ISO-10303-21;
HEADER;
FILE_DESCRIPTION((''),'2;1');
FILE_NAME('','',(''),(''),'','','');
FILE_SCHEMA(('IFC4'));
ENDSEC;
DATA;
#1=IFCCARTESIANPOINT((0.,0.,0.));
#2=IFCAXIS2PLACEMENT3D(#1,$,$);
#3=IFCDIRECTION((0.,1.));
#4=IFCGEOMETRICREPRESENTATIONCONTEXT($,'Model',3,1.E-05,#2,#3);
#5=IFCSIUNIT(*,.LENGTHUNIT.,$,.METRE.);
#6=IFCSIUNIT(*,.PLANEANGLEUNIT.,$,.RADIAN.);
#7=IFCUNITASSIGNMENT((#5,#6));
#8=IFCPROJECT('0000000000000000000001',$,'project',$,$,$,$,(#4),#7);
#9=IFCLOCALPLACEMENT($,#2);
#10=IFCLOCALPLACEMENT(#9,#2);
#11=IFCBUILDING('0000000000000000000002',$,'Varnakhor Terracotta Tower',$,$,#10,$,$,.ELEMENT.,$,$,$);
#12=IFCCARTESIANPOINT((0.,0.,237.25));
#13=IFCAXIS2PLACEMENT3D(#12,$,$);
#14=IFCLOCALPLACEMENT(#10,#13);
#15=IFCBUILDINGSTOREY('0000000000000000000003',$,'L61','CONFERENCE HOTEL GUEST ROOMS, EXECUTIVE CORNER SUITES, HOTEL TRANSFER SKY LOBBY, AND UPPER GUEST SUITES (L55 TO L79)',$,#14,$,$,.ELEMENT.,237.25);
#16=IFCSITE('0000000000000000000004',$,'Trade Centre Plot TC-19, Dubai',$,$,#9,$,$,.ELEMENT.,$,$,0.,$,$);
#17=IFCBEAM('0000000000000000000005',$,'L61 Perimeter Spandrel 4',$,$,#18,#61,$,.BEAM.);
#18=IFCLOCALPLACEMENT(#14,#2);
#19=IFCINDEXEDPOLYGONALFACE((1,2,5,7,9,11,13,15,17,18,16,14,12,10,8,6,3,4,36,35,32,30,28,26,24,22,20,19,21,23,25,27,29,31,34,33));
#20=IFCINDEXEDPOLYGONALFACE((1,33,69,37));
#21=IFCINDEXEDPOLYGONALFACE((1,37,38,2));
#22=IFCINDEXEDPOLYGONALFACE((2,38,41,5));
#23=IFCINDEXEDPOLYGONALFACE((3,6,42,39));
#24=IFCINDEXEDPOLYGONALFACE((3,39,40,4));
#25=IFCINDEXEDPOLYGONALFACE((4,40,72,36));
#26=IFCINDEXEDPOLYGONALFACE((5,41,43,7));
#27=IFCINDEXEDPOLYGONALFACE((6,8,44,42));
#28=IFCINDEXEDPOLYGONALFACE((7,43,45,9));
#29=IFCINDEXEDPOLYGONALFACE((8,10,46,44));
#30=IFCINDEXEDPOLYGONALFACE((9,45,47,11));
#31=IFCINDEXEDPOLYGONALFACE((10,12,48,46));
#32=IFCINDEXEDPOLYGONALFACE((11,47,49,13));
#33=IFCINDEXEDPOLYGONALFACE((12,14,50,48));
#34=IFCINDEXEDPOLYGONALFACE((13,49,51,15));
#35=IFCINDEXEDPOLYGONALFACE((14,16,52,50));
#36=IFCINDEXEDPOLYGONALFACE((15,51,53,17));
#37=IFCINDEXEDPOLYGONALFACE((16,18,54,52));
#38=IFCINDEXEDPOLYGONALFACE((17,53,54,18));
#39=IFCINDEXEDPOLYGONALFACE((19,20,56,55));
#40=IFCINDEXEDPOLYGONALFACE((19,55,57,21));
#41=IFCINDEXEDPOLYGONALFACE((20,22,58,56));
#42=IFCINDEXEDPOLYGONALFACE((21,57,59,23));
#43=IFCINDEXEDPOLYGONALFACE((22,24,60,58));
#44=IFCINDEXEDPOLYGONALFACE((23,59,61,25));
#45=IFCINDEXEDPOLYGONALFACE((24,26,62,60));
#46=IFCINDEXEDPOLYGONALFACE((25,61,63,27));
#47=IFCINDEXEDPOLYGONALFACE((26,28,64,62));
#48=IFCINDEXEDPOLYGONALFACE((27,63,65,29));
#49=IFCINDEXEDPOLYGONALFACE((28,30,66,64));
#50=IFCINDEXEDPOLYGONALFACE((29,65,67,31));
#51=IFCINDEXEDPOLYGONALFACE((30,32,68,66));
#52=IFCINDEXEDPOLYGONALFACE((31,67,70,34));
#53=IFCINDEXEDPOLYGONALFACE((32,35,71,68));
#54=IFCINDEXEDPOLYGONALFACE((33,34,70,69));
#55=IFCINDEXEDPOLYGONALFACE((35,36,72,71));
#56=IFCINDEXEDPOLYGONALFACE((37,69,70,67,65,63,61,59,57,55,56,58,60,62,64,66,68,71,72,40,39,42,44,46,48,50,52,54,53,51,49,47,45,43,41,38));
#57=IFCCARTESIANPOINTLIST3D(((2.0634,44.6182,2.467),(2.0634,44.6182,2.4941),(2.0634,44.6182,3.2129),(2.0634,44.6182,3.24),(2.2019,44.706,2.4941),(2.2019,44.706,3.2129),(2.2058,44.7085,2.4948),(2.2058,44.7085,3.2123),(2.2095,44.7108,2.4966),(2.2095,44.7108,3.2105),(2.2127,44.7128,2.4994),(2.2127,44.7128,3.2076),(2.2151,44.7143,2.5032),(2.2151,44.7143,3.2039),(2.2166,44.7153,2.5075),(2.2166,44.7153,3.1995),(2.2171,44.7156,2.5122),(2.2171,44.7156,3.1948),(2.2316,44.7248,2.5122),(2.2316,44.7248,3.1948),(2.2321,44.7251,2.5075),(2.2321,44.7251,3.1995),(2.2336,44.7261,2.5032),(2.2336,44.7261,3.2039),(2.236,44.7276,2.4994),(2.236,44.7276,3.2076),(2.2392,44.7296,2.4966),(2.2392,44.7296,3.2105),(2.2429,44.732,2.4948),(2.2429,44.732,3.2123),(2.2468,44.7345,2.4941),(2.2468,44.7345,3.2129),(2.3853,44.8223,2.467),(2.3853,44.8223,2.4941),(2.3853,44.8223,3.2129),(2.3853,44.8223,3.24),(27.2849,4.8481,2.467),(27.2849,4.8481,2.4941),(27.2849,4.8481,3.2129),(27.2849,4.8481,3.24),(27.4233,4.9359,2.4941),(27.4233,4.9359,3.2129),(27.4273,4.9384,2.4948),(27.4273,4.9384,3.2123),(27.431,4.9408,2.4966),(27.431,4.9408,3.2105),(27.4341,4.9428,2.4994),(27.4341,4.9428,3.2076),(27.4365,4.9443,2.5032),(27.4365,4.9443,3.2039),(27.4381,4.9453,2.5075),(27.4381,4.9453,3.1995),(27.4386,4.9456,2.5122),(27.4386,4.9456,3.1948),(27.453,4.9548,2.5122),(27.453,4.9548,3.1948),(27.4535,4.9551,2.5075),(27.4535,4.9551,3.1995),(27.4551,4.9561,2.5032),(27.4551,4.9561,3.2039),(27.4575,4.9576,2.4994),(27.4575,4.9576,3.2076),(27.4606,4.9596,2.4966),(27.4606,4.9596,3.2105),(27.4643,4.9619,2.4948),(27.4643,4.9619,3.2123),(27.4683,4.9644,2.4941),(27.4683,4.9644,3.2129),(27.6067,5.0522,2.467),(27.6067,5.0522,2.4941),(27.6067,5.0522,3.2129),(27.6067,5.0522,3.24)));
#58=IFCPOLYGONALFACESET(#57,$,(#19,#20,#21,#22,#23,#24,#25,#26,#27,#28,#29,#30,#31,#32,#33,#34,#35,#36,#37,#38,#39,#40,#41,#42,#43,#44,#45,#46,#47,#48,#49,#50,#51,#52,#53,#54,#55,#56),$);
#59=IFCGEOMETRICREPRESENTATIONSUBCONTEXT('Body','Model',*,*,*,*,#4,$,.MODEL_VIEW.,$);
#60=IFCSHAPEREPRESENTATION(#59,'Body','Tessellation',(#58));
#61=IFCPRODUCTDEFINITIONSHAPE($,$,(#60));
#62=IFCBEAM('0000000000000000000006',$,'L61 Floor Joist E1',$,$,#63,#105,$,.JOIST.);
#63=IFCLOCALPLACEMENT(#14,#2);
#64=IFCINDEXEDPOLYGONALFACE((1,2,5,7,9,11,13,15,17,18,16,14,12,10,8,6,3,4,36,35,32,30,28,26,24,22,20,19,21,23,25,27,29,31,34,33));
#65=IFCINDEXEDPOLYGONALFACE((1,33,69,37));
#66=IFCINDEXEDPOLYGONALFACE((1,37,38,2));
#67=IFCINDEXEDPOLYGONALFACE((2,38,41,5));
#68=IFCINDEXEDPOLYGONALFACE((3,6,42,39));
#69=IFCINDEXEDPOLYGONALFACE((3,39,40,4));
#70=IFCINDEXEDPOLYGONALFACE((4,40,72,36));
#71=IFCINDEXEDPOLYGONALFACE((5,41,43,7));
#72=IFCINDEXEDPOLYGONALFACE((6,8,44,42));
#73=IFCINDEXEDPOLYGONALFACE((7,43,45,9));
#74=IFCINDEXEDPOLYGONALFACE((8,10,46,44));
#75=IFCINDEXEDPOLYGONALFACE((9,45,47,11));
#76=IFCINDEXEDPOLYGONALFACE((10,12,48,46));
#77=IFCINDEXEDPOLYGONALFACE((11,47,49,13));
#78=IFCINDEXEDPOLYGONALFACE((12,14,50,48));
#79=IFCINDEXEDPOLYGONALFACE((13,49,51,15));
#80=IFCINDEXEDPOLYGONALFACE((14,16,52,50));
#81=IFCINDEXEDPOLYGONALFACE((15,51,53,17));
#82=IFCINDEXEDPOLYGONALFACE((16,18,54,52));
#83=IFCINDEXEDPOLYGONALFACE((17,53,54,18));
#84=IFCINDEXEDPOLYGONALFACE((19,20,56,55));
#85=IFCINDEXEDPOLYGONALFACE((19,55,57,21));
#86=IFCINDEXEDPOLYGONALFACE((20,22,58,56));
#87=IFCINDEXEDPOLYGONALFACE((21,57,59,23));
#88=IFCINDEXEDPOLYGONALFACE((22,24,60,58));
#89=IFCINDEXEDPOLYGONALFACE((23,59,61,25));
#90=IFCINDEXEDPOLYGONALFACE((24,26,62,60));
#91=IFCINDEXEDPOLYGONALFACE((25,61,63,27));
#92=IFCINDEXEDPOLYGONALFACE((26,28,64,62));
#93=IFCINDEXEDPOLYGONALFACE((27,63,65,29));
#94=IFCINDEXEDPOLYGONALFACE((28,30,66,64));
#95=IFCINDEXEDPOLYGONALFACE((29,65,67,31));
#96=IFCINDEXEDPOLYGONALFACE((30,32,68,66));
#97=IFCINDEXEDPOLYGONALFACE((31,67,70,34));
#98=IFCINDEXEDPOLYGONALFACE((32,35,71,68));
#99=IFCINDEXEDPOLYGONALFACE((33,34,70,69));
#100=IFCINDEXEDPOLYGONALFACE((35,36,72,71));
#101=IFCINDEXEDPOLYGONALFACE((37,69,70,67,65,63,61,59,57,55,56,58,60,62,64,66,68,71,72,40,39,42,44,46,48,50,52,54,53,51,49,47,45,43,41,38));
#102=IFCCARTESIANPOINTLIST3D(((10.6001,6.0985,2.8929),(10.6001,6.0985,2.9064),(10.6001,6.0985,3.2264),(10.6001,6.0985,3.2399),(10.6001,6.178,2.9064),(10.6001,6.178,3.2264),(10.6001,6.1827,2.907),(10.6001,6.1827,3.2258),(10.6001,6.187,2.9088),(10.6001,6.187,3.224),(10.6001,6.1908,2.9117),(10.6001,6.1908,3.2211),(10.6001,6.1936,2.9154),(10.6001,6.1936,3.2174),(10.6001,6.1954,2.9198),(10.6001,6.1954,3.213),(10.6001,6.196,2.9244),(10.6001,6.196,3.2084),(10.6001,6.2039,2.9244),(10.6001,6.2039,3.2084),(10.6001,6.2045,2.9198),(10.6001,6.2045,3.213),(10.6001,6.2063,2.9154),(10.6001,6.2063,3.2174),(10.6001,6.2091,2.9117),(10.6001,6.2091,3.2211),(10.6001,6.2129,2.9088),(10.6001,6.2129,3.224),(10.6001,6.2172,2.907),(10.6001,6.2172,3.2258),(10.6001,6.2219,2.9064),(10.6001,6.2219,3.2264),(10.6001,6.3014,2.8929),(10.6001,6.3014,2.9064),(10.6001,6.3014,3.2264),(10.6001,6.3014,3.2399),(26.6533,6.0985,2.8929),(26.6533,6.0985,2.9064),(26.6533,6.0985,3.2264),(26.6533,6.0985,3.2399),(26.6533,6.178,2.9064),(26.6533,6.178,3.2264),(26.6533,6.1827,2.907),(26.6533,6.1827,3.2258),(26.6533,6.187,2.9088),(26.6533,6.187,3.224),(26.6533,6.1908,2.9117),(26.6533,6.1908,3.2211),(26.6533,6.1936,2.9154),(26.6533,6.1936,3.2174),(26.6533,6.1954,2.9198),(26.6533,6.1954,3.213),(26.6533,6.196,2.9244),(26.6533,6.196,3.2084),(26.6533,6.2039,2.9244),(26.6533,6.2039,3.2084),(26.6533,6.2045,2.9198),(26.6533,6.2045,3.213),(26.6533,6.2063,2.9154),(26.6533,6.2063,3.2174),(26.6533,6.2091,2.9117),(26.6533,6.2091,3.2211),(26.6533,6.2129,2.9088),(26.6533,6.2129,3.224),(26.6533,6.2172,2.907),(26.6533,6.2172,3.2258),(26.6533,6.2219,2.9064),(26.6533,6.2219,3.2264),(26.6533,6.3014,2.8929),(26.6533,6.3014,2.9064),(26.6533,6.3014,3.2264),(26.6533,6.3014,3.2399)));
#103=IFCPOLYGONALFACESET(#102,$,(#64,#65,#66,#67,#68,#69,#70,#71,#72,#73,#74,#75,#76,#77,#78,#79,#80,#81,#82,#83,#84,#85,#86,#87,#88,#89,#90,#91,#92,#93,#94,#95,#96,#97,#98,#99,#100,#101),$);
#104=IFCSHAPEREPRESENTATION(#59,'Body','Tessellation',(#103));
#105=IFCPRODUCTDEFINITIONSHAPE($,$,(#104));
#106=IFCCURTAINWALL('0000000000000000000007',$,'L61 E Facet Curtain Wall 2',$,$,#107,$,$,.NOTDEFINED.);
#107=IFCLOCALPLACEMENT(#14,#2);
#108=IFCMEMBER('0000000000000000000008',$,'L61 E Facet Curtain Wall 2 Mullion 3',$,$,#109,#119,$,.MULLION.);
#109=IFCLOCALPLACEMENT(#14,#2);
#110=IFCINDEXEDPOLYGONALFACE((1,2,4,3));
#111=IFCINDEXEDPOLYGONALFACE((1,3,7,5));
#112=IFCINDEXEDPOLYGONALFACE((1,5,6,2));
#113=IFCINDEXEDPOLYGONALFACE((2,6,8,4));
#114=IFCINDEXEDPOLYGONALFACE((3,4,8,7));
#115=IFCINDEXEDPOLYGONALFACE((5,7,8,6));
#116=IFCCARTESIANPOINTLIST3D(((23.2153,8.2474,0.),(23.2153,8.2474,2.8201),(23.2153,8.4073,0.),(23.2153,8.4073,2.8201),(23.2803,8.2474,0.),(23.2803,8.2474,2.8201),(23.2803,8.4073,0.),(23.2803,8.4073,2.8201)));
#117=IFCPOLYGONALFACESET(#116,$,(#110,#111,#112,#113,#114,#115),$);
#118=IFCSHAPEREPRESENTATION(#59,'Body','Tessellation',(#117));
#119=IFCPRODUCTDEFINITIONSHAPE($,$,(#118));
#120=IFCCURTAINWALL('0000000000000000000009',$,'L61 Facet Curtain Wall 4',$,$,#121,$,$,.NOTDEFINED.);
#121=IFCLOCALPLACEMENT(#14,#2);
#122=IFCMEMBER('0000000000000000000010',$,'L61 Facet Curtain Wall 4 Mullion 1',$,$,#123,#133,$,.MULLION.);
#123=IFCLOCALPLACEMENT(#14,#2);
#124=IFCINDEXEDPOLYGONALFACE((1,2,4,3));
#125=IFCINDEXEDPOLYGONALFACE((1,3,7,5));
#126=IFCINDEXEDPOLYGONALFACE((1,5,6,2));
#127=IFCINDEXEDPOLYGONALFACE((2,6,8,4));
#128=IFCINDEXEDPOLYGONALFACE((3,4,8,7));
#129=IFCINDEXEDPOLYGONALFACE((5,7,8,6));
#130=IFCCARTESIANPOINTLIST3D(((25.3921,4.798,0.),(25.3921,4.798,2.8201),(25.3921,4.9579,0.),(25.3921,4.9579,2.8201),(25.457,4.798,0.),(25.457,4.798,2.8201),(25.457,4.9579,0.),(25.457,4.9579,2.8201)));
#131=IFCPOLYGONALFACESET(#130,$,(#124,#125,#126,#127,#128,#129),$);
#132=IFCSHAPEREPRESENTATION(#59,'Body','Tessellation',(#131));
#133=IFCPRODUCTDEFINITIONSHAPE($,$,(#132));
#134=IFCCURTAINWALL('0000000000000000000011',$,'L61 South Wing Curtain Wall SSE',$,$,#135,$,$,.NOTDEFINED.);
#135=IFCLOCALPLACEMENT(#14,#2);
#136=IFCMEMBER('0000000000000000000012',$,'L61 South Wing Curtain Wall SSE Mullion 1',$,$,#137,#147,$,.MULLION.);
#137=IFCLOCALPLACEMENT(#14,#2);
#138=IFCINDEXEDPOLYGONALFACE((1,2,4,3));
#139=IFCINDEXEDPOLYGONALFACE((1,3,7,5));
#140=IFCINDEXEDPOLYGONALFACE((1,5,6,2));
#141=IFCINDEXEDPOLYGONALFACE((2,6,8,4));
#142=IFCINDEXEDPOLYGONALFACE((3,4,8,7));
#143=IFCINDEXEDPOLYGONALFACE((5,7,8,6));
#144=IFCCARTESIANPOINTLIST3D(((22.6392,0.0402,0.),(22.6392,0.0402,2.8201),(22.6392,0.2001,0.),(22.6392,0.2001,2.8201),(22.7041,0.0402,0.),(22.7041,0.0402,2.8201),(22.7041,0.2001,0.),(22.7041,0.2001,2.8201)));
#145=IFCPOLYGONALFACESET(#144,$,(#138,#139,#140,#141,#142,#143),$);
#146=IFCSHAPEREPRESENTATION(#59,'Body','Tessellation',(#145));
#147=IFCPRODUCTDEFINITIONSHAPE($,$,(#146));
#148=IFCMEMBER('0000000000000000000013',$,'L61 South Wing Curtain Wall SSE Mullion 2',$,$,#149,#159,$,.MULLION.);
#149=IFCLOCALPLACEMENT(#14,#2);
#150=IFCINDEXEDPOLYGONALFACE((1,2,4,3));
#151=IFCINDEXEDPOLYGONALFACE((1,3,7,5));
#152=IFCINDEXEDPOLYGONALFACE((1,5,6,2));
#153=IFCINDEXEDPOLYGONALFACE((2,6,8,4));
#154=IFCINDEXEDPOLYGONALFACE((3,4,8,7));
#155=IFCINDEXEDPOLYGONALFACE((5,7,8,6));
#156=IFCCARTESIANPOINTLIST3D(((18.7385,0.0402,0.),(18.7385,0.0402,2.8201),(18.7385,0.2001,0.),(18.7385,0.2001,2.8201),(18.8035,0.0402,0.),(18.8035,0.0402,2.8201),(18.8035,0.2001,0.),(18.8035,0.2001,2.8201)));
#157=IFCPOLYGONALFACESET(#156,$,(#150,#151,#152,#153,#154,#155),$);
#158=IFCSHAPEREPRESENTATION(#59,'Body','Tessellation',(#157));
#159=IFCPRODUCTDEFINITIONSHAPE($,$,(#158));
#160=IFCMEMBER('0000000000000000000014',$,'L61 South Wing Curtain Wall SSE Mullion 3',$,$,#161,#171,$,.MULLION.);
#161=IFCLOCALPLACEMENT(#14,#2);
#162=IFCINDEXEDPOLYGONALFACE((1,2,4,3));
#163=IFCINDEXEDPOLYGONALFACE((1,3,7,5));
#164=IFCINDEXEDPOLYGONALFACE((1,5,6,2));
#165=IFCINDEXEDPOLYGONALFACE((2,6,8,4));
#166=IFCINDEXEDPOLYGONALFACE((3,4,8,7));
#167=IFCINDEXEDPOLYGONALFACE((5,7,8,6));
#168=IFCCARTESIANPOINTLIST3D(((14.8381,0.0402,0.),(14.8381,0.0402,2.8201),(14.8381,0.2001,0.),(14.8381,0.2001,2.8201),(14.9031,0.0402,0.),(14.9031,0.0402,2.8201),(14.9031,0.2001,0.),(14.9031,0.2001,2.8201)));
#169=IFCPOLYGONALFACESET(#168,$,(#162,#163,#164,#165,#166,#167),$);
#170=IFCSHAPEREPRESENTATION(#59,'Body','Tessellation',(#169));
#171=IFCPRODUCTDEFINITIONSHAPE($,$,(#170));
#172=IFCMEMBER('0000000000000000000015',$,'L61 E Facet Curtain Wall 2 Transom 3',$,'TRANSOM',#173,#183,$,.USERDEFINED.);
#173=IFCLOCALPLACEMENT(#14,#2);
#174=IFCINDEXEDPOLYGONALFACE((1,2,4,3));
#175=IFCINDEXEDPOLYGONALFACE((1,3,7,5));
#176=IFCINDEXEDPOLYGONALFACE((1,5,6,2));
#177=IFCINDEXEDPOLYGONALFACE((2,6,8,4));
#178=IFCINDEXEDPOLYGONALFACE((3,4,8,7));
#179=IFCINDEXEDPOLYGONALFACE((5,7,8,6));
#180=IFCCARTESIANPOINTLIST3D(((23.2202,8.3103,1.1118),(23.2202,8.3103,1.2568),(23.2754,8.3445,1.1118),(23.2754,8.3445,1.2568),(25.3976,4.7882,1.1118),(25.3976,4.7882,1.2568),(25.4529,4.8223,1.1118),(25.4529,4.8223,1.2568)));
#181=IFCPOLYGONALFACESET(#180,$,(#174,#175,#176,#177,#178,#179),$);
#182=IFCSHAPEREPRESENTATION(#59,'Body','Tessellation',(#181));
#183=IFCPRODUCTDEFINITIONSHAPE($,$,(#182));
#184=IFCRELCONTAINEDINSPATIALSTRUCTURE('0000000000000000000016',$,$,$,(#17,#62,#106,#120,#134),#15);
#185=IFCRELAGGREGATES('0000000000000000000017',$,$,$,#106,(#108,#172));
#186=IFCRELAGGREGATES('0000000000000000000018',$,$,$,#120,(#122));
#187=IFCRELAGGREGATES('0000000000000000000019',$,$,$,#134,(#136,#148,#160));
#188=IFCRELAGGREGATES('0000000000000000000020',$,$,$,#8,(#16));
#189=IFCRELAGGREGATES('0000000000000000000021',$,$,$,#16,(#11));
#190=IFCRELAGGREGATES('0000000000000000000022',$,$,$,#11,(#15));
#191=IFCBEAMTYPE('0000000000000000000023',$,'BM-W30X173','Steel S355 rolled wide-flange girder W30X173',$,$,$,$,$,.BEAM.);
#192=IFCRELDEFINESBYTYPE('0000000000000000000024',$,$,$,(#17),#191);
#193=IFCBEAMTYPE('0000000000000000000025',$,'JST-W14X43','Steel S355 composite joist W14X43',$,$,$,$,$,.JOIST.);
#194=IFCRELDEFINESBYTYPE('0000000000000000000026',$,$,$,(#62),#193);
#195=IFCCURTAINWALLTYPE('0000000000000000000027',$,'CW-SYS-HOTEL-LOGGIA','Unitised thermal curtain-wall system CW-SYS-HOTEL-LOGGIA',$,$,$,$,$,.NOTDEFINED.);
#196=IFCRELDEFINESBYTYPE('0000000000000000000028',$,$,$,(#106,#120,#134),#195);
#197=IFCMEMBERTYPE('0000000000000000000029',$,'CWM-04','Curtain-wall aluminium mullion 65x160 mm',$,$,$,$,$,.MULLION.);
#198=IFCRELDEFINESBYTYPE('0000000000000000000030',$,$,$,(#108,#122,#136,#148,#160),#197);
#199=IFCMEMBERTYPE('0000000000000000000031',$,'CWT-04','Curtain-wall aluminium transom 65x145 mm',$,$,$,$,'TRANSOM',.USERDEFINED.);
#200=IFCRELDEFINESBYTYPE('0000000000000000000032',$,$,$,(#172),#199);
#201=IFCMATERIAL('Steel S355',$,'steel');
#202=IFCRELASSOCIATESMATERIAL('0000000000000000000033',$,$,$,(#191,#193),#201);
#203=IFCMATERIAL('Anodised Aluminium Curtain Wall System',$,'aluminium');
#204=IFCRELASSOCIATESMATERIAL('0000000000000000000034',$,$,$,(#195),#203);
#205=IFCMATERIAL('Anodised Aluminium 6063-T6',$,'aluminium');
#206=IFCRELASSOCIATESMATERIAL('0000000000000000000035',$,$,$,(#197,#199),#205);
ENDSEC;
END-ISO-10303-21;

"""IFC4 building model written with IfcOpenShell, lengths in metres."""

from ifc_helpers import new_model, si_unit, direction, frame, origin, origin_2d, place, context, subcontext, project, spatial, rectangle, i_section, extrude, source, transform, mapped, material, material_profile, profile_set, type_object, type_shapes, element, aggregate, save


model = new_model("IFC4")

# Units and contexts
model_context = context("Model", 3, precision=1e-05, world=origin(), true_north=direction((0.0, 1.0)))
body_context = subcontext(model_context, "Body", "Model", "MODEL_VIEW")
ifc_project = project(units=[si_unit("LENGTHUNIT", "METRE"), si_unit("PLANEANGLEUNIT", "RADIAN")], contexts=[model_context])

# Site, building, storey
site_placement = place(None, origin())
site = spatial("IfcSite", under=ifc_project, at=site_placement, Name="Trade Centre Plot TC-19, Dubai", CompositionType="ELEMENT", RefElevation=0.0)
building_placement = place(site_placement, origin())
building = spatial("IfcBuilding", under=site, at=building_placement, Name="Varnakhor Terracotta Tower", CompositionType="ELEMENT")
storey_placement = place(building_placement, frame((0.0, 0.0, 237.25)))
storey = spatial("IfcBuildingStorey", under=building, at=storey_placement, Name="L61", Description="CONFERENCE HOTEL GUEST ROOMS, EXECUTIVE CORNER SUITES, HOTEL TRANSFER SKY LOBBY, AND UPPER GUEST SUITES (L55 TO L79)", CompositionType="ELEMENT", Elevation=237.25)

# Shared definitions
ifc_material_1 = material(Name="Steel S355", Category="steel")

# Beams
ifc_material_profile_1 = material_profile(ifc_material_1, i_section(OverallWidth=0.3811, OverallDepth=0.7729, WebThickness=0.0171, FlangeThickness=0.0271, FilletRadius=0.0181, at=origin_2d()), Name="W30X173")
ifc_profile_set_1 = profile_set([ifc_material_profile_1], Name="Steel S355")
beam_type_1 = type_object("IfcBeamType", Name="BM-W30X173", Description="Steel S355 rolled wide-flange girder W30X173", PredefinedType="BEAM", material=ifc_profile_set_1)
shared_shape_1 = source(origin(), body_context, "Body", "SweptSolid", [
    extrude(i_section(OverallWidth=0.3811, OverallDepth=0.7729, WebThickness=0.0171, FlangeThickness=0.0271, FilletRadius=0.0181, at=origin_2d()), origin(), (0.0, 0.0, 1.0), 47.0933),
])
beam_1_placement = place(storey_placement, frame((27.4458, 4.9502, 2.8535), z_axis=(-0.535564, 0.844495, 0.0), x_axis=(-0.844495, -0.535564, 0.0)))
element("IfcBeam", 1, at=beam_1_placement, inside=storey, type_object=beam_type_1, Name="L61 Perimeter Spandrel 4", PredefinedType="BEAM", context=body_context, shape_type="MappedRepresentation", body=[
    mapped(shared_shape_1, transform((0.0, 0.0, 0.0), scale=1.0)),
])
ifc_material_profile_2 = material_profile(ifc_material_1, i_section(OverallWidth=0.2029, OverallDepth=0.3469, WebThickness=0.0078, FlangeThickness=0.0134, FilletRadius=0.0181, at=origin_2d()), Name="W14X43")
ifc_profile_set_2 = profile_set([ifc_material_profile_2], Name="Steel S355")
beam_type_2 = type_object("IfcBeamType", Name="JST-W14X43", Description="Steel S355 composite joist W14X43", PredefinedType="JOIST", material=ifc_profile_set_2)
shared_shape_2 = source(origin(), body_context, "Body", "SweptSolid", [
    extrude(i_section(OverallWidth=0.2029, OverallDepth=0.3469, WebThickness=0.0078, FlangeThickness=0.0134, FilletRadius=0.0181, at=origin_2d()), origin(), (0.0, 0.0, 1.0), 16.0532),
])
beam_2_placement = place(storey_placement, frame((10.6001, 6.2, 3.0664), z_axis=(1.0, 0.0, 0.0), x_axis=(0.0, 1.0, 0.0)))
element("IfcBeam", 2, at=beam_2_placement, inside=storey, type_object=beam_type_2, Name="L61 Floor Joist E1", PredefinedType="JOIST", context=body_context, shape_type="MappedRepresentation", body=[
    mapped(shared_shape_2, transform((0.0, 0.0, 0.0), scale=1.0)),
])

# Curtain walls, members
ifc_material_2 = material(Name="Anodised Aluminium Curtain Wall System", Category="aluminium")
curtain_wall_type = type_object("IfcCurtainWallType", Name="CW-SYS-HOTEL-LOGGIA", Description="Unitised thermal curtain-wall system CW-SYS-HOTEL-LOGGIA", PredefinedType="NOTDEFINED", material=ifc_material_2)
curtain_wall_1_placement = place(storey_placement, origin())
curtain_wall_1 = element("IfcCurtainWall", 3, at=curtain_wall_1_placement, inside=storey, type_object=curtain_wall_type, Name="L61 E Facet Curtain Wall 2", PredefinedType="NOTDEFINED")
ifc_material_3 = material(Name="Anodised Aluminium 6063-T6", Category="aluminium")
ifc_material_profile_3 = material_profile(ifc_material_3, rectangle(XDim=0.0649, YDim=0.1599, at=origin_2d()), Name="ALU MULLION 65x160")
ifc_profile_set_3 = profile_set([ifc_material_profile_3], Name="Anodised Aluminium 6063-T6")
member_type_1 = type_object("IfcMemberType", Name="CWM-04", Description="Curtain-wall aluminium mullion 65x160 mm", PredefinedType="MULLION", material=ifc_profile_set_3)
shared_shape_3 = source(origin(), body_context, "Body", "SweptSolid", [
    extrude(rectangle(XDim=0.0649, YDim=0.1599, at=origin_2d()), origin(), (0.0, 0.0, 1.0), 2.8201),
])
type_shapes(member_type_1, [shared_shape_3])
member_1_placement = place(storey_placement, frame((23.2478, 8.3274, 0.0), z_axis=(0.0, 0.0, 1.0), x_axis=(1.0, 0.0, 0.0)))
member_1 = element("IfcMember", 4, at=member_1_placement, type_object=member_type_1, Name="L61 E Facet Curtain Wall 2 Mullion 3", PredefinedType="MULLION", context=body_context, shape_type="MappedRepresentation", body=[
    mapped(shared_shape_3, transform((0.0, 0.0, 0.0), scale=1.0)),
])
curtain_wall_2_placement = place(storey_placement, origin())
curtain_wall_2 = element("IfcCurtainWall", 5, at=curtain_wall_2_placement, inside=storey, type_object=curtain_wall_type, Name="L61 Facet Curtain Wall 4", PredefinedType="NOTDEFINED")
member_2_placement = place(storey_placement, frame((25.4246, 4.8779, 0.0), z_axis=(0.0, 0.0, 1.0), x_axis=(1.0, 0.0, 0.0)))
member_2 = element("IfcMember", 6, at=member_2_placement, type_object=member_type_1, Name="L61 Facet Curtain Wall 4 Mullion 1", PredefinedType="MULLION", context=body_context, shape_type="MappedRepresentation", body=[
    mapped(shared_shape_3, transform((0.0, 0.0, 0.0), scale=1.0)),
])

# Curtain wall, members
curtain_wall_3_placement = place(storey_placement, origin())
curtain_wall_3 = element("IfcCurtainWall", 7, at=curtain_wall_3_placement, inside=storey, type_object=curtain_wall_type, Name="L61 South Wing Curtain Wall SSE", PredefinedType="NOTDEFINED")
member_3_placement = place(storey_placement, frame((22.6716, 0.1201, 0.0), z_axis=(0.0, 0.0, 1.0), x_axis=(1.0, 0.0, 0.0)))
member_3 = element("IfcMember", 8, at=member_3_placement, type_object=member_type_1, Name="L61 South Wing Curtain Wall SSE Mullion 1", PredefinedType="MULLION", context=body_context, shape_type="MappedRepresentation", body=[
    mapped(shared_shape_3, transform((0.0, 0.0, 0.0), scale=1.0)),
])
member_4_placement = place(storey_placement, frame((18.771, 0.1201, 0.0), z_axis=(0.0, 0.0, 1.0), x_axis=(1.0, 0.0, 0.0)))
member_4 = element("IfcMember", 9, at=member_4_placement, type_object=member_type_1, Name="L61 South Wing Curtain Wall SSE Mullion 2", PredefinedType="MULLION", context=body_context, shape_type="MappedRepresentation", body=[
    mapped(shared_shape_3, transform((0.0, 0.0, 0.0), scale=1.0)),
])
member_5_placement = place(storey_placement, frame((14.8706, 0.1201, 0.0), z_axis=(0.0, 0.0, 1.0), x_axis=(1.0, 0.0, 0.0)))
member_5 = element("IfcMember", 10, at=member_5_placement, type_object=member_type_1, Name="L61 South Wing Curtain Wall SSE Mullion 3", PredefinedType="MULLION", context=body_context, shape_type="MappedRepresentation", body=[
    mapped(shared_shape_3, transform((0.0, 0.0, 0.0), scale=1.0)),
])

# Member
ifc_material_profile_4 = material_profile(ifc_material_3, rectangle(XDim=0.0649, YDim=0.145, at=origin_2d()), Name="ALU TRANSOM 65x145")
ifc_profile_set_4 = profile_set([ifc_material_profile_4], Name="Anodised Aluminium 6063-T6")
member_type_2 = type_object("IfcMemberType", Name="CWT-04", Description="Curtain-wall aluminium transom 65x145 mm", ElementType="TRANSOM", PredefinedType="USERDEFINED", material=ifc_profile_set_4)
shared_shape_4 = source(origin(), body_context, "Body", "SweptSolid", [
    extrude(rectangle(XDim=0.0649, YDim=0.145, at=origin_2d()), origin(), (0.0, 0.0, 1.0), 4.1409),
])
member_6_placement = place(storey_placement, frame((23.2478, 8.3274, 1.1843), z_axis=(0.525843, -0.850582, 0.0), x_axis=(0.850582, 0.525843, 0.0)))
member_6 = element("IfcMember", 11, at=member_6_placement, type_object=member_type_2, Name="L61 E Facet Curtain Wall 2 Transom 3", ObjectType="TRANSOM", PredefinedType="USERDEFINED", context=body_context, shape_type="MappedRepresentation", body=[
    mapped(shared_shape_4, transform((0.0, 0.0, 0.0), scale=1.0)),
])

aggregate(curtain_wall_1, [member_1, member_6])
aggregate(curtain_wall_2, [member_2])
aggregate(curtain_wall_3, [member_3, member_4, member_5])

save(model, "model.ifc")
